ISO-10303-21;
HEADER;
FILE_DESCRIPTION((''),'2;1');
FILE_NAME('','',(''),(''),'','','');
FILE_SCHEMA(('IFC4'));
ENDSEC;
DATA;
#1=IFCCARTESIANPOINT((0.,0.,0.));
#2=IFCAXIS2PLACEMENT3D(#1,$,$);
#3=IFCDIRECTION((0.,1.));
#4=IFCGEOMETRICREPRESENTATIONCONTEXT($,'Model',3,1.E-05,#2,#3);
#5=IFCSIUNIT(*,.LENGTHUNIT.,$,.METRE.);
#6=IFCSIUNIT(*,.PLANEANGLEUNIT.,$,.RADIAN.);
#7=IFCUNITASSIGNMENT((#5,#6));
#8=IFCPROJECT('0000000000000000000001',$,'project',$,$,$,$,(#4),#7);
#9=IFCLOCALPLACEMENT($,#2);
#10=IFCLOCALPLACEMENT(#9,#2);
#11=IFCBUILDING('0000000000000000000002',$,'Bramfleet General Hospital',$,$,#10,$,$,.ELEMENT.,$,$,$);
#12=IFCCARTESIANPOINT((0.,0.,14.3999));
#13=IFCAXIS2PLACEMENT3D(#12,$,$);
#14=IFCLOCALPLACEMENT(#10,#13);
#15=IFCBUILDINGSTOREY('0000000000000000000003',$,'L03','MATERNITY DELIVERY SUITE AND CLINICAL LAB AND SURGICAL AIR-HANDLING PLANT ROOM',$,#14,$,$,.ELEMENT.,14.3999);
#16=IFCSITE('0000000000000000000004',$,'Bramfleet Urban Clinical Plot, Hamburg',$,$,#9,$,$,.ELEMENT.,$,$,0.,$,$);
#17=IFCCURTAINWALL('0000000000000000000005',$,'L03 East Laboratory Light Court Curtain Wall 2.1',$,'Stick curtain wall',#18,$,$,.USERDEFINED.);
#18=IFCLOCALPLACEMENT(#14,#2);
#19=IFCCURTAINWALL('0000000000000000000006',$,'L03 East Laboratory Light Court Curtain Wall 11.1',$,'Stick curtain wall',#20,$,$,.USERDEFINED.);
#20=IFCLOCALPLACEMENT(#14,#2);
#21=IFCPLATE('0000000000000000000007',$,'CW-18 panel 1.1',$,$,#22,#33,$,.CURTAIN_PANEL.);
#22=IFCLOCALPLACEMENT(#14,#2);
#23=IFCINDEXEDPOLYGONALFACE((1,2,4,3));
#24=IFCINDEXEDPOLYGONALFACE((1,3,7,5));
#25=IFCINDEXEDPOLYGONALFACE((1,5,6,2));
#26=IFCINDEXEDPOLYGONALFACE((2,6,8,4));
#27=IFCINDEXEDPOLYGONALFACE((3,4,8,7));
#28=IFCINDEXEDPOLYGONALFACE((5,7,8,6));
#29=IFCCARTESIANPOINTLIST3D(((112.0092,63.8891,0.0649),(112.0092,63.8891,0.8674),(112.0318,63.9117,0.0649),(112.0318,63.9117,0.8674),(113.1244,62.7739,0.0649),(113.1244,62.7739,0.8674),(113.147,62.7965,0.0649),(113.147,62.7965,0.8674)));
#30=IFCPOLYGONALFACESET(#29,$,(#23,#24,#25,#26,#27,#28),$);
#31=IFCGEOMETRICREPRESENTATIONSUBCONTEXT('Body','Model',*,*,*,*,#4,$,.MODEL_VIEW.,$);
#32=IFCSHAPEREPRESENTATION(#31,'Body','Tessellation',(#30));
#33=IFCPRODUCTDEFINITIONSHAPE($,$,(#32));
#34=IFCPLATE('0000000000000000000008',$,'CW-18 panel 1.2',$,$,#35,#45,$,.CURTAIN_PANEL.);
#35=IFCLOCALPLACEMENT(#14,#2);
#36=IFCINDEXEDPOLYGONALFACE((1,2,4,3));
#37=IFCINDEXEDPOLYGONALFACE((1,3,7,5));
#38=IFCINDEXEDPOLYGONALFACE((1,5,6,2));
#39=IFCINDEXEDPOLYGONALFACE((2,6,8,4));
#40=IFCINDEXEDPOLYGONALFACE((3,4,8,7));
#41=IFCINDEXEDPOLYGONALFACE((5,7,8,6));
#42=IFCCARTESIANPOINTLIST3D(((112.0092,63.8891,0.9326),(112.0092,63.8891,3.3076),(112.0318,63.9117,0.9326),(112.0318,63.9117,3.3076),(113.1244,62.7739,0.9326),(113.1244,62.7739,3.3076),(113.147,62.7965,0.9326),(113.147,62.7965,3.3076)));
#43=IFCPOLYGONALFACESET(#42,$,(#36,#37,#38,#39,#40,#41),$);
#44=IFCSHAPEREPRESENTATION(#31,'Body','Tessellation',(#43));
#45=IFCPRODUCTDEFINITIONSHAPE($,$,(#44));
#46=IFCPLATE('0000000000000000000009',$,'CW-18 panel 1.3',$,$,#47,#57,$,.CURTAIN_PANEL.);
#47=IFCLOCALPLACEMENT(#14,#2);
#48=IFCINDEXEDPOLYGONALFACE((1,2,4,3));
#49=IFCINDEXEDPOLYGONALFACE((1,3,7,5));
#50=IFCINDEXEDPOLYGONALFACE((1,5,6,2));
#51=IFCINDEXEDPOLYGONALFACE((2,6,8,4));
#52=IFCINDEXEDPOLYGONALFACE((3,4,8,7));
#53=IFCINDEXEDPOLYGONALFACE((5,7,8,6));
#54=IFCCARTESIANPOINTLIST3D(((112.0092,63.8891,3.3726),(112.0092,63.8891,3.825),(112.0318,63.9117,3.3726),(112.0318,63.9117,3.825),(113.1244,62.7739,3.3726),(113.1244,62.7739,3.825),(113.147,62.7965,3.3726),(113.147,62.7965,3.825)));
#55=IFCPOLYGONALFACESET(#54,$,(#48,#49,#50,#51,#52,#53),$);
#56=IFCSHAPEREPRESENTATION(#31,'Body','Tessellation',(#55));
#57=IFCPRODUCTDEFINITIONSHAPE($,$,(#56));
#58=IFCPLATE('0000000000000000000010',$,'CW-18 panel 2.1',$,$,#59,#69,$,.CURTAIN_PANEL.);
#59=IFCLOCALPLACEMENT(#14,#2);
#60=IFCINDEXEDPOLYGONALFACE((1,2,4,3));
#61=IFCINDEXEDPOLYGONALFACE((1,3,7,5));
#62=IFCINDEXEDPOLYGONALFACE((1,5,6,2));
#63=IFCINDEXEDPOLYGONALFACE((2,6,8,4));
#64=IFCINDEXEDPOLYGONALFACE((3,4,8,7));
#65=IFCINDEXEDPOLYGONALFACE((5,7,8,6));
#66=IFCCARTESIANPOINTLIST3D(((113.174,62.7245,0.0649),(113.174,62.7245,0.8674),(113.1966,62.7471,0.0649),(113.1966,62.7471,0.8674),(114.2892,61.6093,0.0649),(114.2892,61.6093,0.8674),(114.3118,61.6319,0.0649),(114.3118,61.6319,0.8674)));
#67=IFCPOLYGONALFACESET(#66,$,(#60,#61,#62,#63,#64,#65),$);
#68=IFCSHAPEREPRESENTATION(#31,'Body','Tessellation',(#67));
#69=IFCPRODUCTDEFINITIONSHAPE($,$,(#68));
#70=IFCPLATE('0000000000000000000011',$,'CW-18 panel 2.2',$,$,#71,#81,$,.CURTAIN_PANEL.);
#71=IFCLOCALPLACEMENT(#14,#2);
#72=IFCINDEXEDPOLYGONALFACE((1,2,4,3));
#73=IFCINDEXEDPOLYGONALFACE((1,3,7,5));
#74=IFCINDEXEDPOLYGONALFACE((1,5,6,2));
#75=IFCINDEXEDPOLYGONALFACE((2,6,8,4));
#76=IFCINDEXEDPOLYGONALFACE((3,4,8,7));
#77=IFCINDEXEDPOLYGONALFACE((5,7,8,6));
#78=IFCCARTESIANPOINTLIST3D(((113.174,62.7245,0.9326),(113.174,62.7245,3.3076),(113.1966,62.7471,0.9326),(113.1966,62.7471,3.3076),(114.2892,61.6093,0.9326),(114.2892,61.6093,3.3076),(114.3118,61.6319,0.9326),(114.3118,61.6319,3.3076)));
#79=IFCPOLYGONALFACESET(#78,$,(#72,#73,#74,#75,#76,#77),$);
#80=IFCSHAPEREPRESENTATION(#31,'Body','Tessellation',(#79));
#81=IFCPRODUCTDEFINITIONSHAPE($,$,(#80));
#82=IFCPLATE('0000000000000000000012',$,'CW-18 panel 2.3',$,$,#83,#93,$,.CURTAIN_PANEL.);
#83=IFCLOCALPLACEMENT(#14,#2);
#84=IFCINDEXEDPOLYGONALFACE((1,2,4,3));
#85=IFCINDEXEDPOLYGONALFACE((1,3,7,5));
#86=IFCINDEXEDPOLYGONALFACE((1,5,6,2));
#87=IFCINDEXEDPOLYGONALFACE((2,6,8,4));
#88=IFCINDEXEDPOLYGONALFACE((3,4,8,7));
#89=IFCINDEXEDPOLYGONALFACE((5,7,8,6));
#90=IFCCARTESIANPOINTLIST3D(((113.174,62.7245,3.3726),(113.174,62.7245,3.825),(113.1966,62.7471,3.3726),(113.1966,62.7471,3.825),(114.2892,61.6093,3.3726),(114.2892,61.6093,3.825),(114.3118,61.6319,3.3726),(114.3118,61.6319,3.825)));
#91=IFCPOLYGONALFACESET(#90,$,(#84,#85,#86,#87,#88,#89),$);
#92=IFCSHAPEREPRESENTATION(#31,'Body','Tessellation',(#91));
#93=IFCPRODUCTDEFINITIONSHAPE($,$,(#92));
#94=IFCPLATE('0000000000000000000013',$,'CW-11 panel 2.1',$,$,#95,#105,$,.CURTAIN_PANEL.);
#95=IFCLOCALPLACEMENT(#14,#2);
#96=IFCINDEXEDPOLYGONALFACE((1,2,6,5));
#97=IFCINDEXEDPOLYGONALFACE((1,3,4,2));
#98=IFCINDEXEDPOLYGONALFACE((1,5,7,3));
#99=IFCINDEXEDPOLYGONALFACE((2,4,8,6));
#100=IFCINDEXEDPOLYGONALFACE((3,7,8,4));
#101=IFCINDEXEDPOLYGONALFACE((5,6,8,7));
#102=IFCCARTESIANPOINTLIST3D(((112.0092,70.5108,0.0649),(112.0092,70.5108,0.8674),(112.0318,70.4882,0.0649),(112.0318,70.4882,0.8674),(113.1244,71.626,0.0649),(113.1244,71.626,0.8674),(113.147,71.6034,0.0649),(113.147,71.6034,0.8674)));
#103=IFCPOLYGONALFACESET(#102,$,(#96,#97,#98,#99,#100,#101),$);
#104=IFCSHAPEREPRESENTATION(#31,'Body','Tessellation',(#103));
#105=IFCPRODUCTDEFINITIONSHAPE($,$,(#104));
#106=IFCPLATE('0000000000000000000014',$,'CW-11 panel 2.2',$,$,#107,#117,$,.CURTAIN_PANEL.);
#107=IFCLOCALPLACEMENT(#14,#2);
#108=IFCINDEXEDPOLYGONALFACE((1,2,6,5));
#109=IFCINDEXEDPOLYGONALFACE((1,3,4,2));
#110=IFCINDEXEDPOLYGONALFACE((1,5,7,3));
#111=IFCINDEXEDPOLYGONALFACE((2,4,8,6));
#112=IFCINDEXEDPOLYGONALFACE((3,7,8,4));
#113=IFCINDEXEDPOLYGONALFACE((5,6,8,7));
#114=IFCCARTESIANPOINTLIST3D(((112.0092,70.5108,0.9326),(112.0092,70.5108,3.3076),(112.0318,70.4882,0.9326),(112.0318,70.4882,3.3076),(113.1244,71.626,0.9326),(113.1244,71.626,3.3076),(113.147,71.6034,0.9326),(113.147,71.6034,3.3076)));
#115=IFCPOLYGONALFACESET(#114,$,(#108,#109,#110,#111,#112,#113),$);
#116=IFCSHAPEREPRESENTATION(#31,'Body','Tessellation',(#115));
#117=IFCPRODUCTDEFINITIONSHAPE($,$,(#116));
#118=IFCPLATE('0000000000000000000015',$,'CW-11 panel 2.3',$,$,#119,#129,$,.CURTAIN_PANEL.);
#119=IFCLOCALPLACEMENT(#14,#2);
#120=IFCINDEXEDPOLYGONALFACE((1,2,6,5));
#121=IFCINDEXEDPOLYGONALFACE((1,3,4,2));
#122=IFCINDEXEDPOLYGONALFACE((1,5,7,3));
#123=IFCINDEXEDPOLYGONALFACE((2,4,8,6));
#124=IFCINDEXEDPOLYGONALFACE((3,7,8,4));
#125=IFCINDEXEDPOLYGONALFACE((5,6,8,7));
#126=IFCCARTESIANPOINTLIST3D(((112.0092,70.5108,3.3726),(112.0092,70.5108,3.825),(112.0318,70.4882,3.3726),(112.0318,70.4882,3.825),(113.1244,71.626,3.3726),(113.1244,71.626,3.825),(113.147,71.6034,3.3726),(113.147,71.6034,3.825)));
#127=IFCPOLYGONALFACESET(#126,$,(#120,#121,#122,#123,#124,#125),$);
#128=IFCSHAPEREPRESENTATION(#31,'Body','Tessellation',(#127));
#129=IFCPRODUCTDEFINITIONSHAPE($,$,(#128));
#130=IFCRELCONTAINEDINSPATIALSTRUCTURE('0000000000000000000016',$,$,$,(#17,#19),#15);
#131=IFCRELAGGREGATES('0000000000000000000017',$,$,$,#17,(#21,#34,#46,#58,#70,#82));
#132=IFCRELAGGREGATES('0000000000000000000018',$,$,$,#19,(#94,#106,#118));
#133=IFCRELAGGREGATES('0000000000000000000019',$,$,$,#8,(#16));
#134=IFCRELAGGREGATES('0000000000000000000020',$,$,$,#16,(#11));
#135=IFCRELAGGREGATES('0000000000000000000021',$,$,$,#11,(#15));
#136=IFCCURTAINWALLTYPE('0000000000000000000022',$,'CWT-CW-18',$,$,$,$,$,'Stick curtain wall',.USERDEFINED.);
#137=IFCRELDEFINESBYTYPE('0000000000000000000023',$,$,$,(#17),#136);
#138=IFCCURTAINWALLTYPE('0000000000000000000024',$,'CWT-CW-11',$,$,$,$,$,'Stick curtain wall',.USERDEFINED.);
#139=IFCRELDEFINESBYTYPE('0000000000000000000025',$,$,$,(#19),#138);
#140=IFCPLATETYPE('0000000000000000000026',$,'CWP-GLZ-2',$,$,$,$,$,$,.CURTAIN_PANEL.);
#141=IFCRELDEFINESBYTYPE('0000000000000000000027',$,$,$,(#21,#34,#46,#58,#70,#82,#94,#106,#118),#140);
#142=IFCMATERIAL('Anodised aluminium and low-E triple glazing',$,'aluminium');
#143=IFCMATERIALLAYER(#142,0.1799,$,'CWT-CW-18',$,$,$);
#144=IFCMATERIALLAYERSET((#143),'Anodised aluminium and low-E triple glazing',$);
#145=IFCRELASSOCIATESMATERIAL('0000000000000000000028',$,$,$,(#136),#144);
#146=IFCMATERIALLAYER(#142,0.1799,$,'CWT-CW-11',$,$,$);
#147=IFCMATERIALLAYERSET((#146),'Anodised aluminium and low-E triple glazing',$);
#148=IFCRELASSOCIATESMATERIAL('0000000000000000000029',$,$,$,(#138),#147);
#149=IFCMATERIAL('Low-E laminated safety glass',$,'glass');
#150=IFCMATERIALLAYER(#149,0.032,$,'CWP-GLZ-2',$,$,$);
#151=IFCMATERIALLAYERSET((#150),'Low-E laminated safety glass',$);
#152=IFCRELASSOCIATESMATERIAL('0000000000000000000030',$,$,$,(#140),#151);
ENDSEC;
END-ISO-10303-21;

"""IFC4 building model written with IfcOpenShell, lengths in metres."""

from ifc_helpers import new_model, si_unit, direction, frame, origin, origin_2d, place, context, subcontext, project, spatial, rectangle, extrude, material, layer, layer_set, type_object, element, aggregate, save


model = new_model("IFC4")

# Units and contexts
model_context = context("Model", 3, precision=1e-05, world=origin(), true_north=direction((0.0, 1.0)))
body_context = subcontext(model_context, "Body", "Model", "MODEL_VIEW")
ifc_project = project(units=[si_unit("LENGTHUNIT", "METRE"), si_unit("PLANEANGLEUNIT", "RADIAN")], contexts=[model_context])

# Site, building, storey
site_placement = place(None, origin())
site = spatial("IfcSite", under=ifc_project, at=site_placement, Name="Bramfleet Urban Clinical Plot, Hamburg", CompositionType="ELEMENT", RefElevation=0.0)
building_placement = place(site_placement, origin())
building = spatial("IfcBuilding", under=site, at=building_placement, Name="Bramfleet General Hospital", CompositionType="ELEMENT")
storey_placement = place(building_placement, frame((0.0, 0.0, 14.3999)))
storey = spatial("IfcBuildingStorey", under=building, at=storey_placement, Name="L03", Description="MATERNITY DELIVERY SUITE AND CLINICAL LAB AND SURGICAL AIR-HANDLING PLANT ROOM", CompositionType="ELEMENT", Elevation=14.3999)

# Curtain wall
ifc_material_1 = material(Name="Anodised aluminium and low-E triple glazing", Category="aluminium")
ifc_layer_1 = layer(ifc_material_1, 0.1799, Name="CWT-CW-18")
ifc_layer_set_1 = layer_set([ifc_layer_1], Name="Anodised aluminium and low-E triple glazing")
curtain_wall_type_1 = type_object("IfcCurtainWallType", Name="CWT-CW-18", ElementType="Stick curtain wall", PredefinedType="USERDEFINED", material=ifc_layer_set_1)
curtain_wall_1_placement = place(storey_placement, origin())
curtain_wall_1 = element("IfcCurtainWall", 1, at=curtain_wall_1_placement, inside=storey, type_object=curtain_wall_type_1, Name="L03 East Laboratory Light Court Curtain Wall 2.1", ObjectType="Stick curtain wall", PredefinedType="USERDEFINED")

# Curtain wall
ifc_layer_2 = layer(ifc_material_1, 0.1799, Name="CWT-CW-11")
ifc_layer_set_2 = layer_set([ifc_layer_2], Name="Anodised aluminium and low-E triple glazing")
curtain_wall_type_2 = type_object("IfcCurtainWallType", Name="CWT-CW-11", ElementType="Stick curtain wall", PredefinedType="USERDEFINED", material=ifc_layer_set_2)
curtain_wall_2_placement = place(storey_placement, origin())
curtain_wall_2 = element("IfcCurtainWall", 2, at=curtain_wall_2_placement, inside=storey, type_object=curtain_wall_type_2, Name="L03 East Laboratory Light Court Curtain Wall 11.1", ObjectType="Stick curtain wall", PredefinedType="USERDEFINED")

# Plates
ifc_material_2 = material(Name="Low-E laminated safety glass", Category="glass")
ifc_layer_3 = layer(ifc_material_2, 0.032, Name="CWP-GLZ-2")
ifc_layer_set_3 = layer_set([ifc_layer_3], Name="Low-E laminated safety glass")
plate_type = type_object("IfcPlateType", Name="CWP-GLZ-2", PredefinedType="CURTAIN_PANEL", material=ifc_layer_set_3)
plate_1_placement = place(storey_placement, frame((112.5781, 63.3428, 0.0649), z_axis=(0.0, 0.0, 1.0), x_axis=(0.707107, -0.707107, 0.0)))
plate_1 = element("IfcPlate", 3, at=plate_1_placement, type_object=plate_type, Name="CW-18 panel 1.1", PredefinedType="CURTAIN_PANEL", context=body_context, shape_type="SweptSolid", body=[
    extrude(rectangle(XDim=1.5771, YDim=0.032, at=origin_2d()), origin(), (0.0, 0.0, 1.0), 0.8025),
])
plate_2_placement = place(storey_placement, frame((112.5781, 63.3428, 0.9326), z_axis=(0.0, 0.0, 1.0), x_axis=(0.707107, -0.707107, 0.0)))
plate_2 = element("IfcPlate", 4, at=plate_2_placement, type_object=plate_type, Name="CW-18 panel 1.2", PredefinedType="CURTAIN_PANEL", context=body_context, shape_type="SweptSolid", body=[
    extrude(rectangle(XDim=1.5771, YDim=0.032, at=origin_2d()), origin(), (0.0, 0.0, 1.0), 2.375),
])
plate_3_placement = place(storey_placement, frame((112.5781, 63.3428, 3.3726), z_axis=(0.0, 0.0, 1.0), x_axis=(0.707107, -0.707107, 0.0)))
plate_3 = element("IfcPlate", 5, at=plate_3_placement, type_object=plate_type, Name="CW-18 panel 1.3", PredefinedType="CURTAIN_PANEL", context=body_context, shape_type="SweptSolid", body=[
    extrude(rectangle(XDim=1.5771, YDim=0.032, at=origin_2d()), origin(), (0.0, 0.0, 1.0), 0.4524),
])
plate_4_placement = place(storey_placement, frame((113.7429, 62.1782, 0.0649), z_axis=(0.0, 0.0, 1.0), x_axis=(0.707107, -0.707107, 0.0)))
plate_4 = element("IfcPlate", 6, at=plate_4_placement, type_object=plate_type, Name="CW-18 panel 2.1", PredefinedType="CURTAIN_PANEL", context=body_context, shape_type="SweptSolid", body=[
    extrude(rectangle(XDim=1.5771, YDim=0.032, at=origin_2d()), origin(), (0.0, 0.0, 1.0), 0.8025),
])
plate_5_placement = place(storey_placement, frame((113.7429, 62.1782, 0.9326), z_axis=(0.0, 0.0, 1.0), x_axis=(0.707107, -0.707107, 0.0)))
plate_5 = element("IfcPlate", 7, at=plate_5_placement, type_object=plate_type, Name="CW-18 panel 2.2", PredefinedType="CURTAIN_PANEL", context=body_context, shape_type="SweptSolid", body=[
    extrude(rectangle(XDim=1.5771, YDim=0.032, at=origin_2d()), origin(), (0.0, 0.0, 1.0), 2.375),
])
plate_6_placement = place(storey_placement, frame((113.7429, 62.1782, 3.3726), z_axis=(0.0, 0.0, 1.0), x_axis=(0.707107, -0.707107, 0.0)))
plate_6 = element("IfcPlate", 8, at=plate_6_placement, type_object=plate_type, Name="CW-18 panel 2.3", PredefinedType="CURTAIN_PANEL", context=body_context, shape_type="SweptSolid", body=[
    extrude(rectangle(XDim=1.5771, YDim=0.032, at=origin_2d()), origin(), (0.0, 0.0, 1.0), 0.4524),
])
aggregate(curtain_wall_1, [plate_1, plate_2, plate_3, plate_4, plate_5, plate_6])
plate_7_placement = place(storey_placement, frame((112.5781, 71.0571, 0.0649), z_axis=(0.0, 0.0, 1.0), x_axis=(-0.707107, -0.707107, 0.0)))
plate_7 = element("IfcPlate", 9, at=plate_7_placement, type_object=plate_type, Name="CW-11 panel 2.1", PredefinedType="CURTAIN_PANEL", context=body_context, shape_type="SweptSolid", body=[
    extrude(rectangle(XDim=1.5771, YDim=0.032, at=origin_2d()), origin(), (0.0, 0.0, 1.0), 0.8025),
])
plate_8_placement = place(storey_placement, frame((112.5781, 71.0571, 0.9326), z_axis=(0.0, 0.0, 1.0), x_axis=(-0.707107, -0.707107, 0.0)))
plate_8 = element("IfcPlate", 10, at=plate_8_placement, type_object=plate_type, Name="CW-11 panel 2.2", PredefinedType="CURTAIN_PANEL", context=body_context, shape_type="SweptSolid", body=[
    extrude(rectangle(XDim=1.5771, YDim=0.032, at=origin_2d()), origin(), (0.0, 0.0, 1.0), 2.375),
])
plate_9_placement = place(storey_placement, frame((112.5781, 71.0571, 3.3726), z_axis=(0.0, 0.0, 1.0), x_axis=(-0.707107, -0.707107, 0.0)))
plate_9 = element("IfcPlate", 11, at=plate_9_placement, type_object=plate_type, Name="CW-11 panel 2.3", PredefinedType="CURTAIN_PANEL", context=body_context, shape_type="SweptSolid", body=[
    extrude(rectangle(XDim=1.5771, YDim=0.032, at=origin_2d()), origin(), (0.0, 0.0, 1.0), 0.4524),
])
aggregate(curtain_wall_2, [plate_7, plate_8, plate_9])

save(model, "model.ifc")
